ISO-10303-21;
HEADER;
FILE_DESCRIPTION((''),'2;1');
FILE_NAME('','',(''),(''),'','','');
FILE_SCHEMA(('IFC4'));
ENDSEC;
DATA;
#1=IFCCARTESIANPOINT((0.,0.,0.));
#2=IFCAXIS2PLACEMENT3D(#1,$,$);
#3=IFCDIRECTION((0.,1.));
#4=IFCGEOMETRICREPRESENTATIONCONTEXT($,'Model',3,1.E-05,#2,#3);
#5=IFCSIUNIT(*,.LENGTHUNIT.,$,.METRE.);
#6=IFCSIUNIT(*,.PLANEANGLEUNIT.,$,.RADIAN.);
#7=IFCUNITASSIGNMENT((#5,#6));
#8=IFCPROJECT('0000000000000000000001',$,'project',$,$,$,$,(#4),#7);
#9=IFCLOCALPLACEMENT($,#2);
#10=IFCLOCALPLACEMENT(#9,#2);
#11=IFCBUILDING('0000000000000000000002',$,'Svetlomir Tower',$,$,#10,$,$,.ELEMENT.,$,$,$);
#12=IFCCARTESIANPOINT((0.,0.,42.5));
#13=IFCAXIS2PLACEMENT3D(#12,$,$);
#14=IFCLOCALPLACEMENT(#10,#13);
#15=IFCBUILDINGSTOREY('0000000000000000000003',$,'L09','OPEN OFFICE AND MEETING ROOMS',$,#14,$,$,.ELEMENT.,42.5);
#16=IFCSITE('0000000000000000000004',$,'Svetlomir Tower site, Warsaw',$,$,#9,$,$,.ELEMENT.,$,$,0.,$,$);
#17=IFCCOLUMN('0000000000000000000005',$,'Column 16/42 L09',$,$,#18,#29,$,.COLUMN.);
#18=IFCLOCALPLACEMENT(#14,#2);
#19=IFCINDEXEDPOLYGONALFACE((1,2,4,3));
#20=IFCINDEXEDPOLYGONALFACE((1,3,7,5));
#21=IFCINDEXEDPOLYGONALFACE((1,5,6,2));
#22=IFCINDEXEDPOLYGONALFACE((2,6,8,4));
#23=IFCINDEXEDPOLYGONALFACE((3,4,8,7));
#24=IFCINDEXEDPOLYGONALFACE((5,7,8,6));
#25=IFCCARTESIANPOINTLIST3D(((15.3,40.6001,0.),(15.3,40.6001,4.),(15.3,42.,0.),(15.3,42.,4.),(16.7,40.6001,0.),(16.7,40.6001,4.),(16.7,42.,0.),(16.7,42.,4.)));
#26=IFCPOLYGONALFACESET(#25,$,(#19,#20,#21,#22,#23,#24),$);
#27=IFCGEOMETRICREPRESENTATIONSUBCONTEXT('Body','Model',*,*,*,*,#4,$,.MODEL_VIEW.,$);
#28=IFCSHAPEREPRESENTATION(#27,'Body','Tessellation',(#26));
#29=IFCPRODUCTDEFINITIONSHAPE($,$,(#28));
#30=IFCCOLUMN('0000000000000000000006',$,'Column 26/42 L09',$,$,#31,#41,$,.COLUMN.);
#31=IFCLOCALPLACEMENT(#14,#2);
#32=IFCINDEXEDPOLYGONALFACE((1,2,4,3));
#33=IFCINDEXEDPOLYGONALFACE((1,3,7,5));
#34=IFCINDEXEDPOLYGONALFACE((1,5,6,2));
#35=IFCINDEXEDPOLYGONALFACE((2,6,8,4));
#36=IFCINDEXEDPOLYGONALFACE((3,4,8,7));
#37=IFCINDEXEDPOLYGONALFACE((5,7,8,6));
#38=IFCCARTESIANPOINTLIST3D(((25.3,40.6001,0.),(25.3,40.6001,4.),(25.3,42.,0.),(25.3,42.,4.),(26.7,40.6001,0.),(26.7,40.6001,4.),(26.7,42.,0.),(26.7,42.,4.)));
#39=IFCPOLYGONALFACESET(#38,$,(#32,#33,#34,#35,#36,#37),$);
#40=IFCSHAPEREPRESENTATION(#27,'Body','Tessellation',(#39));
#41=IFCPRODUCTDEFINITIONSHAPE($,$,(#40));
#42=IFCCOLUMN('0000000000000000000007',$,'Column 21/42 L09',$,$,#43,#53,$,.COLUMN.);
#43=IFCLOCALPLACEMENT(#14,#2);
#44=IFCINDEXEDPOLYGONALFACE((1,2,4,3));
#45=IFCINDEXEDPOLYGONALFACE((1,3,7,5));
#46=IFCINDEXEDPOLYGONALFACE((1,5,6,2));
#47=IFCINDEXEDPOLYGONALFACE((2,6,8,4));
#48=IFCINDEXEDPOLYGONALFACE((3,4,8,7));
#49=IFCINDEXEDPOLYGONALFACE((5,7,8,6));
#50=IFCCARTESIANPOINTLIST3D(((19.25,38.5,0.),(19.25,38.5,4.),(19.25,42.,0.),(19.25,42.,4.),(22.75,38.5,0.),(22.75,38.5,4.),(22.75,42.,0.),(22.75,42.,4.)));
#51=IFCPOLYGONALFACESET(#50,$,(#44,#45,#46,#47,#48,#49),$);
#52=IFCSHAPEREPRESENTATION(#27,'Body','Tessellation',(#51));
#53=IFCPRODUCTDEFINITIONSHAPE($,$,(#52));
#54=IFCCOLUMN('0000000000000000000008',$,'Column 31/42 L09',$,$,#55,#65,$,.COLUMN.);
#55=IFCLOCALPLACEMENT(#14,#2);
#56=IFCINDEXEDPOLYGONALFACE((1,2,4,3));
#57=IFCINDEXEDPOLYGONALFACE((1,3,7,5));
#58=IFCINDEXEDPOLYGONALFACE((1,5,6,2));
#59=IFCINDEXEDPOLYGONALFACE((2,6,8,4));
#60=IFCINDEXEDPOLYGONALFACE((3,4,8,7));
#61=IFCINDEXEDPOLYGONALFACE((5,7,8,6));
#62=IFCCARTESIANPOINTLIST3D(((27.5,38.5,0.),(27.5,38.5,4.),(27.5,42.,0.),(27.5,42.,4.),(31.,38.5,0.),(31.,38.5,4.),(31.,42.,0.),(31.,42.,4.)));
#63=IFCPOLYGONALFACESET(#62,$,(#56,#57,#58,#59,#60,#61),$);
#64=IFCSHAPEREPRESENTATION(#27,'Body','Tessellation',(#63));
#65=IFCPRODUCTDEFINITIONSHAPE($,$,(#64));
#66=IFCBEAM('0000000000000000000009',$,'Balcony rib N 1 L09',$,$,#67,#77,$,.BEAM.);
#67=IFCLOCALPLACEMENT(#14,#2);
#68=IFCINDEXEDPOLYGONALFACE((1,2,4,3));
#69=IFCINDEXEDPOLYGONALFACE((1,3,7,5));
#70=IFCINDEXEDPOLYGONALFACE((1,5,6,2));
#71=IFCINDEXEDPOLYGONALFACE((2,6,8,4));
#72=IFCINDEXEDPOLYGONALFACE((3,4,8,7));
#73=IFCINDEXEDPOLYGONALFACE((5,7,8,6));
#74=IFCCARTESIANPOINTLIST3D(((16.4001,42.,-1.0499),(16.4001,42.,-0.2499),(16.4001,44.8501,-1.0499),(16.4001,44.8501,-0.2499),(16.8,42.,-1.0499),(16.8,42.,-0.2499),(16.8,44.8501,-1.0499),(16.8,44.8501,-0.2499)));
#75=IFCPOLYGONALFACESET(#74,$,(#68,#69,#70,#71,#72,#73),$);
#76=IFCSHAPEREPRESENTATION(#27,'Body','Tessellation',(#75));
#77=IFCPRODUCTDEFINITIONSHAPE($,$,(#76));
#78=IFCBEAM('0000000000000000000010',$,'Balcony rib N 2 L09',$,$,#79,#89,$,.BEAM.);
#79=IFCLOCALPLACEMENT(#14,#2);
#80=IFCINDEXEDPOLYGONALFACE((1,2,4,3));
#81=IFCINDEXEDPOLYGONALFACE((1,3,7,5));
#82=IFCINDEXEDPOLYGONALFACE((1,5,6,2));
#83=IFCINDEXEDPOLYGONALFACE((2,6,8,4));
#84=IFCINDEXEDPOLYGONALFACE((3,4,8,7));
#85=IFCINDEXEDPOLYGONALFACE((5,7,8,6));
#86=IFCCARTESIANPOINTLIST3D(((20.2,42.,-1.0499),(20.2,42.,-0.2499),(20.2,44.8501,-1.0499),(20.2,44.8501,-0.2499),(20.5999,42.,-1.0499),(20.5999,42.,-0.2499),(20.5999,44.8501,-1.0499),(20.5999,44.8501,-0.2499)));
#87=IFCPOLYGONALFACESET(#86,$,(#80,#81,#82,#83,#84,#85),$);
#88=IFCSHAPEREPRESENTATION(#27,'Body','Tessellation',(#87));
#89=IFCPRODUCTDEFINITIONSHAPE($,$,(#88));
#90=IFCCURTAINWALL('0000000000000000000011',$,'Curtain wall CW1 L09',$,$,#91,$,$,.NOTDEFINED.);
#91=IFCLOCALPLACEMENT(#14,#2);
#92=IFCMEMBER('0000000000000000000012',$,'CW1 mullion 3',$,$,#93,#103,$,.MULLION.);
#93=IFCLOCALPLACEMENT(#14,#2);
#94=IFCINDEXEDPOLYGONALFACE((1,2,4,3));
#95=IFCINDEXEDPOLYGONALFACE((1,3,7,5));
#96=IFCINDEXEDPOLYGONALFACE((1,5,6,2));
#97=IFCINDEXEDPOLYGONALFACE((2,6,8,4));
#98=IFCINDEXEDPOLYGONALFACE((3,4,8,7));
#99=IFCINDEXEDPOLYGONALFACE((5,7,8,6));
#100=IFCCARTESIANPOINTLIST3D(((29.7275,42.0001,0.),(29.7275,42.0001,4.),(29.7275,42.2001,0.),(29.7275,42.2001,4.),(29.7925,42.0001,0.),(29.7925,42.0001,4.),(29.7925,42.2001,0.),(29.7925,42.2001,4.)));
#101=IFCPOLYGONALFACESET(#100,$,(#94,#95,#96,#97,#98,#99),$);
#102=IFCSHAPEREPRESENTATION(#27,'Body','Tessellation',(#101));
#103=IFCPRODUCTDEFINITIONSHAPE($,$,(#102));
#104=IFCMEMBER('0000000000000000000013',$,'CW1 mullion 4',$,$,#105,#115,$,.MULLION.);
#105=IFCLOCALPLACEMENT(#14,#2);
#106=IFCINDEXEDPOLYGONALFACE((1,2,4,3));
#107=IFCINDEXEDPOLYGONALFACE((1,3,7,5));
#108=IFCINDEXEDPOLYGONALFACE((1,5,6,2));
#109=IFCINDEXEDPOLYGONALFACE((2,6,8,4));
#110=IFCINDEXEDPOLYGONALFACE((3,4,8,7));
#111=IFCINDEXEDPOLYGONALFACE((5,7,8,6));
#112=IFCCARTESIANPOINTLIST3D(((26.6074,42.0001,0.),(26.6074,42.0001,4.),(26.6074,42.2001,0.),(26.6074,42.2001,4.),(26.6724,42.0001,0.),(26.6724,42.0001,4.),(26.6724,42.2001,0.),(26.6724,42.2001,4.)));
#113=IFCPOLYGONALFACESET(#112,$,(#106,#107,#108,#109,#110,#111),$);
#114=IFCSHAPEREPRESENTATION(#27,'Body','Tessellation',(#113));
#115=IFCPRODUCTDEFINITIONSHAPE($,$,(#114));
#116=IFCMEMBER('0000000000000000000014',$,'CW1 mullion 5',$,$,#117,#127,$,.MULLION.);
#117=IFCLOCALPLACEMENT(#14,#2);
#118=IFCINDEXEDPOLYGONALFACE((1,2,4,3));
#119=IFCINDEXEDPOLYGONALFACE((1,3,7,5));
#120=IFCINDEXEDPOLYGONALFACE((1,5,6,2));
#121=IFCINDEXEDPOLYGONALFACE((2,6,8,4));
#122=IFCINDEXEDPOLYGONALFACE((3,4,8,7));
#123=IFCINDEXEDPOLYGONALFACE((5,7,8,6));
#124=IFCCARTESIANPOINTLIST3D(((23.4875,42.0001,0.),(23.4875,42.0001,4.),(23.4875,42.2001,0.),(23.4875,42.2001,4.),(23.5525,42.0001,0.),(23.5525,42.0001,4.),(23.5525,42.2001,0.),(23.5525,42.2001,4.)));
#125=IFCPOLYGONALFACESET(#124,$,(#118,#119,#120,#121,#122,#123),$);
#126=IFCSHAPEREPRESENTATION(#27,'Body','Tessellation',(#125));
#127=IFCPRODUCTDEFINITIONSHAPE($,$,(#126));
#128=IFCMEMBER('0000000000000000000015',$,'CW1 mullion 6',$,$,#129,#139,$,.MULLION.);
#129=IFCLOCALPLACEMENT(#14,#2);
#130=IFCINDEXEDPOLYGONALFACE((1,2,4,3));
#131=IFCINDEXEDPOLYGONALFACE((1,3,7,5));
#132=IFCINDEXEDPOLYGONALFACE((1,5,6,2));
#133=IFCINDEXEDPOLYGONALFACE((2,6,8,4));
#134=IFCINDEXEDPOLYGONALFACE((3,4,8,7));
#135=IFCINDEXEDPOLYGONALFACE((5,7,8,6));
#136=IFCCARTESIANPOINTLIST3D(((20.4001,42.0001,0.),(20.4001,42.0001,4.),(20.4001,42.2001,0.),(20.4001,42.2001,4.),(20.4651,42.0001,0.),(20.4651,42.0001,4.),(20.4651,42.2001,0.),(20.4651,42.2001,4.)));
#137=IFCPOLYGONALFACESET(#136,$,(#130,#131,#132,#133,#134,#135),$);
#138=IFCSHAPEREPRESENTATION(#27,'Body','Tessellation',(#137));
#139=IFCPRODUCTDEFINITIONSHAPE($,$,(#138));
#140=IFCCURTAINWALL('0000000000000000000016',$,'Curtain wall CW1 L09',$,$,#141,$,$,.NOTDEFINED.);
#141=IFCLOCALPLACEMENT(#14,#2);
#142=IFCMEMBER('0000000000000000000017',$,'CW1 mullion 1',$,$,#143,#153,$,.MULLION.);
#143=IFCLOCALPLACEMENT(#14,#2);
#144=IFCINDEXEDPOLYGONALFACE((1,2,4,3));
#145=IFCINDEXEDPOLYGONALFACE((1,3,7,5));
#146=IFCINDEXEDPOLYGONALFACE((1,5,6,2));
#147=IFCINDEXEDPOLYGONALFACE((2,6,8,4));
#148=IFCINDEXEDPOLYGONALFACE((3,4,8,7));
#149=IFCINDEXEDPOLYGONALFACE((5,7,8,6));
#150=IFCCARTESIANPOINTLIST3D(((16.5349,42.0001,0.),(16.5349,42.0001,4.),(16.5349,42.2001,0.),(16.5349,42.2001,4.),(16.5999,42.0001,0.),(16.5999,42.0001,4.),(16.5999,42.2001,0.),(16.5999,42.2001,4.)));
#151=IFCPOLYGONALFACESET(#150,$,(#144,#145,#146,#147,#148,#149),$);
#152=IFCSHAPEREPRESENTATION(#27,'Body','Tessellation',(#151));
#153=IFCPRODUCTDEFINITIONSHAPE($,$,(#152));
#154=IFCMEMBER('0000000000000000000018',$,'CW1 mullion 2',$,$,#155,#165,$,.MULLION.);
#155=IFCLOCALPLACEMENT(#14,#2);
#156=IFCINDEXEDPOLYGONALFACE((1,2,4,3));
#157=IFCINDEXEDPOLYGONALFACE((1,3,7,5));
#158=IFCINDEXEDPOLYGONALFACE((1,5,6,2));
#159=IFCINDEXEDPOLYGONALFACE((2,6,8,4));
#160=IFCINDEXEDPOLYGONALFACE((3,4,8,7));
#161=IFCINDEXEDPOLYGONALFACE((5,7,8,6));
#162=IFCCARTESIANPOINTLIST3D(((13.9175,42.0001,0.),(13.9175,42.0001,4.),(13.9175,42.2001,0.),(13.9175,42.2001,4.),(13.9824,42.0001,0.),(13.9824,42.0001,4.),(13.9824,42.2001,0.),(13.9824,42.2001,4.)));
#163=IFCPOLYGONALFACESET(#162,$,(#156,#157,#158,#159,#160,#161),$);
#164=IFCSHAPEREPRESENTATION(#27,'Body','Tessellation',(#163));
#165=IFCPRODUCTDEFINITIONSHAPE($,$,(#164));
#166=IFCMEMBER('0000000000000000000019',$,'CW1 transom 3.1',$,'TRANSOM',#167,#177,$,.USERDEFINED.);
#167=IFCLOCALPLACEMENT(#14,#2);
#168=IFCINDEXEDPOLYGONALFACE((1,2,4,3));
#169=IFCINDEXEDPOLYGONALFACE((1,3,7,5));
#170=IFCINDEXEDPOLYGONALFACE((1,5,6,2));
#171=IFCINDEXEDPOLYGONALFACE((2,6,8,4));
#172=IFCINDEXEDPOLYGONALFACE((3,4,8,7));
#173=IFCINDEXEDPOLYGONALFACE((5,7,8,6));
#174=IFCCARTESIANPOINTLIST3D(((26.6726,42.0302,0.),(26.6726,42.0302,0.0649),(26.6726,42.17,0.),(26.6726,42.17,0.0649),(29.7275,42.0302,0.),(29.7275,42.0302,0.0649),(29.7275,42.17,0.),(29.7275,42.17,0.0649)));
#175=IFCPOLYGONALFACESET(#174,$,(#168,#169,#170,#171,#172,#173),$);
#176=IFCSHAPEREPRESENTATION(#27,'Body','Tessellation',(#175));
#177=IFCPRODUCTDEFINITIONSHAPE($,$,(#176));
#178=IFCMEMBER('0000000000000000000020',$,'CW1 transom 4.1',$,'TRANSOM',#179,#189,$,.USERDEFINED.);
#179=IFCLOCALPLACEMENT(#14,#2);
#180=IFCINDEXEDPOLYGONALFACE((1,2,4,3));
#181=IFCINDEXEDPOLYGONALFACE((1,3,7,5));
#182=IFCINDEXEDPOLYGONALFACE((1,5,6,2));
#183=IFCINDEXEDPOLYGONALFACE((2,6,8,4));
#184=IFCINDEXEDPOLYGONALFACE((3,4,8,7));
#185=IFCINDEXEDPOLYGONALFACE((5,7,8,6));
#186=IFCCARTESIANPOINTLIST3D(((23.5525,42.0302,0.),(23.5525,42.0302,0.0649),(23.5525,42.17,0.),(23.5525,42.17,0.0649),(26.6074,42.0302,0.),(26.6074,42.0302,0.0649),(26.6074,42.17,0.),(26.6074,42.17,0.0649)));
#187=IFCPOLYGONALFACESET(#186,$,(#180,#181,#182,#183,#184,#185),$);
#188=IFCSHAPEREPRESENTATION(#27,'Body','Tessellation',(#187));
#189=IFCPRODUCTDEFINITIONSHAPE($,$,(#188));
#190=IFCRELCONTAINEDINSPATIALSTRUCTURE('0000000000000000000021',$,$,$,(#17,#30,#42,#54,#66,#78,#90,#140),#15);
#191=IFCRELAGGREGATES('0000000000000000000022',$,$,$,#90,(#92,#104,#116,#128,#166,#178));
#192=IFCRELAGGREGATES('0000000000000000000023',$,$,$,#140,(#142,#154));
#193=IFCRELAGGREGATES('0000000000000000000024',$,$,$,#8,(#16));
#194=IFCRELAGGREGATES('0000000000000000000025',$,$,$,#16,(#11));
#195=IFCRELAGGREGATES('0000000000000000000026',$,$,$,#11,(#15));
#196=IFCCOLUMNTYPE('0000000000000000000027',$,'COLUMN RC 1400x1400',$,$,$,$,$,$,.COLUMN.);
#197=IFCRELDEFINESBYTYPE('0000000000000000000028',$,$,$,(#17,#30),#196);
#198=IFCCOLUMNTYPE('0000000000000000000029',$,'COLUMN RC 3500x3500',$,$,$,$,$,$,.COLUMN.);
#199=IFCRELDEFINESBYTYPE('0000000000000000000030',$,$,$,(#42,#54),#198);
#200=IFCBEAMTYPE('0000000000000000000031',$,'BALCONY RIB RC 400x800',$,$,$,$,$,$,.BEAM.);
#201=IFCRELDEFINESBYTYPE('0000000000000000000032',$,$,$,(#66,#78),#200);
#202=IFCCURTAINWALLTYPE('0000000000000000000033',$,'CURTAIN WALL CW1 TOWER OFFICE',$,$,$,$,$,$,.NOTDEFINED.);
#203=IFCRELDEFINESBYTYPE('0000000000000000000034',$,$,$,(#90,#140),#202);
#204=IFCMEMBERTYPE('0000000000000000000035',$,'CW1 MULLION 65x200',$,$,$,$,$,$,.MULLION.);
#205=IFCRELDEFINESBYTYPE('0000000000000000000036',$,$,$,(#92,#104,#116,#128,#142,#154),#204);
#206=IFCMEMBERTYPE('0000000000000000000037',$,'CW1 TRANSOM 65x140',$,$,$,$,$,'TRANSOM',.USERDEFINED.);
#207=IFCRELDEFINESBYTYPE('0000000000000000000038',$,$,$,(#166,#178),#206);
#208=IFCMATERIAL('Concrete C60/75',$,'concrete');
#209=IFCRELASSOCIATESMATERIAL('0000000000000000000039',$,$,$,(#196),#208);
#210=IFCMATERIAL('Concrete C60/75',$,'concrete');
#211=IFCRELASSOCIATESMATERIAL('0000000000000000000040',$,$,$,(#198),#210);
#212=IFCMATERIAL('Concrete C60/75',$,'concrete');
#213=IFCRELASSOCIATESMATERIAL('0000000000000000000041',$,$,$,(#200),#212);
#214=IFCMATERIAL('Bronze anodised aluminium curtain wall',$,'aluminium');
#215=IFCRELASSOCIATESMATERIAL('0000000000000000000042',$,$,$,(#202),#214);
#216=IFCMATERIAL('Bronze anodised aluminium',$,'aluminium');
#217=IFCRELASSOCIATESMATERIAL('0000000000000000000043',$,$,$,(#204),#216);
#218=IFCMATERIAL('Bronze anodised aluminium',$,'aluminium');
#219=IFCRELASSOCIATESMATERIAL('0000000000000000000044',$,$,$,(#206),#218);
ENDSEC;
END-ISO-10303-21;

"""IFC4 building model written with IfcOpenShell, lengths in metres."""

from ifc_helpers import new_model, si_unit, direction, frame, origin, origin_2d, place, context, subcontext, project, spatial, rectangle, extrude, material, material_profile, profile_set, type_object, element, aggregate, save


model = new_model("IFC4")

# Units and contexts
model_context = context("Model", 3, precision=1e-05, world=origin(), true_north=direction((0.0, 1.0)))
body_context = subcontext(model_context, "Body", "Model", "MODEL_VIEW")
ifc_project = project(units=[si_unit("LENGTHUNIT", "METRE"), si_unit("PLANEANGLEUNIT", "RADIAN")], contexts=[model_context])

# Site, building, storey
site_placement = place(None, origin())
site = spatial("IfcSite", under=ifc_project, at=site_placement, Name="Svetlomir Tower site, Warsaw", CompositionType="ELEMENT", RefElevation=0.0)
building_placement = place(site_placement, origin())
building = spatial("IfcBuilding", under=site, at=building_placement, Name="Svetlomir Tower", CompositionType="ELEMENT")
storey_placement = place(building_placement, frame((0.0, 0.0, 42.5)))
storey = spatial("IfcBuildingStorey", under=building, at=storey_placement, Name="L09", Description="OPEN OFFICE AND MEETING ROOMS", CompositionType="ELEMENT", Elevation=42.5)

# Columns
ifc_material_1 = material(Name="Concrete C60/75", Category="concrete")
ifc_material_profile_1 = material_profile(ifc_material_1, rectangle(XDim=1.3999, YDim=1.3999, at=origin_2d()), Name="RC 1400x1400")
ifc_profile_set_1 = profile_set([ifc_material_profile_1], Name="Concrete C60/75")
column_type_1 = type_object("IfcColumnType", Name="COLUMN RC 1400x1400", PredefinedType="COLUMN", material=ifc_profile_set_1)
for number, where, z_axis, x_axis, name in (
    (1, (16.0, 41.3, 0.0), (0.0, 0.0, 1.0), (1.0, 0.0, 0.0), "Column 16/42 L09"),
    (2, (26.0, 41.3, 0.0), (0.0, 0.0, 1.0), (1.0, 0.0, 0.0), "Column 26/42 L09"),
):
    element("IfcColumn", number, at=place(storey_placement, frame(where, z_axis=z_axis, x_axis=x_axis)), inside=storey, type_object=column_type_1, Name=name, PredefinedType="COLUMN", context=body_context, shape_type="SweptSolid", body=[
        extrude(rectangle(XDim=1.3999, YDim=1.3999, at=origin_2d()), origin(), (0.0, 0.0, 1.0), 4.0),
    ])
ifc_material_2 = material(Name="Concrete C60/75", Category="concrete")
ifc_material_profile_2 = material_profile(ifc_material_2, rectangle(XDim=3.5, YDim=3.5, at=origin_2d()), Name="RC 3500x3500")
ifc_profile_set_2 = profile_set([ifc_material_profile_2], Name="Concrete C60/75")
column_type_2 = type_object("IfcColumnType", Name="COLUMN RC 3500x3500", PredefinedType="COLUMN", material=ifc_profile_set_2)
for number, where, z_axis, x_axis, name in (
    (3, (21.0, 40.25, 0.0), (0.0, 0.0, 1.0), (1.0, 0.0, 0.0), "Column 21/42 L09"),
    (4, (29.25, 40.25, 0.0), (0.0, 0.0, 1.0), (1.0, 0.0, 0.0), "Column 31/42 L09"),
):
    element("IfcColumn", number, at=place(storey_placement, frame(where, z_axis=z_axis, x_axis=x_axis)), inside=storey, type_object=column_type_2, Name=name, PredefinedType="COLUMN", context=body_context, shape_type="SweptSolid", body=[
        extrude(rectangle(XDim=3.5, YDim=3.5, at=origin_2d()), origin(), (0.0, 0.0, 1.0), 4.0),
    ])

# Beams
ifc_material_3 = material(Name="Concrete C60/75", Category="concrete")
ifc_material_profile_3 = material_profile(ifc_material_3, rectangle(XDim=0.3999, YDim=0.8, at=origin_2d()), Name="RC 400x800")
ifc_profile_set_3 = profile_set([ifc_material_profile_3], Name="Concrete C60/75")
beam_type_1 = type_object("IfcBeamType", Name="BALCONY RIB RC 400x800", PredefinedType="BEAM", material=ifc_profile_set_3)
for number, where, z_axis, x_axis, name in (
    (5, (16.6001, 42.0, -0.6499), (0.0, 1.0, 0.0), (-1.0, 0.0, 0.0), "Balcony rib N 1 L09"),
    (6, (20.3999, 42.0, -0.6499), (0.0, 1.0, 0.0), (-1.0, 0.0, 0.0), "Balcony rib N 2 L09"),
):
    element("IfcBeam", number, at=place(storey_placement, frame(where, z_axis=z_axis, x_axis=x_axis)), inside=storey, type_object=beam_type_1, Name=name, PredefinedType="BEAM", context=body_context, shape_type="SweptSolid", body=[
        extrude(rectangle(XDim=0.3999, YDim=0.8, at=origin_2d()), origin(), (0.0, 0.0, 1.0), 2.8501),
    ])

# Curtain walls, members
ifc_material_4 = material(Name="Bronze anodised aluminium curtain wall", Category="aluminium")
curtain_wall_type = type_object("IfcCurtainWallType", Name="CURTAIN WALL CW1 TOWER OFFICE", PredefinedType="NOTDEFINED", material=ifc_material_4)
curtain_wall_1_placement = place(storey_placement, origin())
curtain_wall_1 = element("IfcCurtainWall", 7, at=curtain_wall_1_placement, inside=storey, type_object=curtain_wall_type, Name="Curtain wall CW1 L09", PredefinedType="NOTDEFINED")
ifc_material_5 = material(Name="Bronze anodised aluminium", Category="aluminium")
ifc_material_profile_4 = material_profile(ifc_material_5, rectangle(XDim=0.0649, YDim=0.2, at=origin_2d()), Name="AL 65x200")
ifc_profile_set_4 = profile_set([ifc_material_profile_4], Name="Bronze anodised aluminium 6063-T6")
member_type_1 = type_object("IfcMemberType", Name="CW1 MULLION 65x200", PredefinedType="MULLION", material=ifc_profile_set_4)
member_1_placement = place(storey_placement, frame((29.76, 42.1001, 0.0), z_axis=(0.0, 0.0, 1.0), x_axis=(-1.0, 0.0, 0.0)))
member_1 = element("IfcMember", 8, at=member_1_placement, type_object=member_type_1, Name="CW1 mullion 3", PredefinedType="MULLION", context=body_context, shape_type="SweptSolid", body=[
    extrude(rectangle(XDim=0.0649, YDim=0.2, at=origin_2d()), origin(), (0.0, 0.0, 1.0), 4.0),
])
member_2_placement = place(storey_placement, frame((26.6399, 42.1001, 0.0), z_axis=(0.0, 0.0, 1.0), x_axis=(-1.0, 0.0, 0.0)))
member_2 = element("IfcMember", 9, at=member_2_placement, type_object=member_type_1, Name="CW1 mullion 4", PredefinedType="MULLION", context=body_context, shape_type="SweptSolid", body=[
    extrude(rectangle(XDim=0.0649, YDim=0.2, at=origin_2d()), origin(), (0.0, 0.0, 1.0), 4.0),
])
member_3_placement = place(storey_placement, frame((23.52, 42.1001, 0.0), z_axis=(0.0, 0.0, 1.0), x_axis=(-1.0, 0.0, 0.0)))
member_3 = element("IfcMember", 10, at=member_3_placement, type_object=member_type_1, Name="CW1 mullion 5", PredefinedType="MULLION", context=body_context, shape_type="SweptSolid", body=[
    extrude(rectangle(XDim=0.0649, YDim=0.2, at=origin_2d()), origin(), (0.0, 0.0, 1.0), 4.0),
])
member_4_placement = place(storey_placement, frame((20.4326, 42.1001, 0.0), z_axis=(0.0, 0.0, 1.0), x_axis=(-1.0, 0.0, 0.0)))
member_4 = element("IfcMember", 11, at=member_4_placement, type_object=member_type_1, Name="CW1 mullion 6", PredefinedType="MULLION", context=body_context, shape_type="SweptSolid", body=[
    extrude(rectangle(XDim=0.0649, YDim=0.2, at=origin_2d()), origin(), (0.0, 0.0, 1.0), 4.0),
])
curtain_wall_2_placement = place(storey_placement, origin())
curtain_wall_2 = element("IfcCurtainWall", 12, at=curtain_wall_2_placement, inside=storey, type_object=curtain_wall_type, Name="Curtain wall CW1 L09", PredefinedType="NOTDEFINED")
member_5_placement = place(storey_placement, frame((16.5674, 42.1001, 0.0), z_axis=(0.0, 0.0, 1.0), x_axis=(-1.0, 0.0, 0.0)))
member_5 = element("IfcMember", 13, at=member_5_placement, type_object=member_type_1, Name="CW1 mullion 1", PredefinedType="MULLION", context=body_context, shape_type="SweptSolid", body=[
    extrude(rectangle(XDim=0.0649, YDim=0.2, at=origin_2d()), origin(), (0.0, 0.0, 1.0), 4.0),
])
member_6_placement = place(storey_placement, frame((13.95, 42.1001, 0.0), z_axis=(0.0, 0.0, 1.0), x_axis=(-1.0, 0.0, 0.0)))
member_6 = element("IfcMember", 14, at=member_6_placement, type_object=member_type_1, Name="CW1 mullion 2", PredefinedType="MULLION", context=body_context, shape_type="SweptSolid", body=[
    extrude(rectangle(XDim=0.0649, YDim=0.2, at=origin_2d()), origin(), (0.0, 0.0, 1.0), 4.0),
])

# Members
ifc_material_6 = material(Name="Bronze anodised aluminium", Category="aluminium")
ifc_material_profile_5 = material_profile(ifc_material_6, rectangle(XDim=0.1399, YDim=0.0649, at=origin_2d()), Name="AL 140x65")
ifc_profile_set_5 = profile_set([ifc_material_profile_5], Name="Bronze anodised aluminium 6063-T6")
member_type_2 = type_object("IfcMemberType", Name="CW1 TRANSOM 65x140", ElementType="TRANSOM", PredefinedType="USERDEFINED", material=ifc_profile_set_5)
member_7_placement = place(storey_placement, frame((29.7275, 42.1001, 0.0325), z_axis=(-1.0, 0.0, 0.0), x_axis=(0.0, -1.0, 0.0)))
member_7 = element("IfcMember", 15, at=member_7_placement, type_object=member_type_2, Name="CW1 transom 3.1", ObjectType="TRANSOM", PredefinedType="USERDEFINED", context=body_context, shape_type="SweptSolid", body=[
    extrude(rectangle(XDim=0.1399, YDim=0.0649, at=origin_2d()), origin(), (0.0, 0.0, 1.0), 3.0549),
])
member_8_placement = place(storey_placement, frame((26.6074, 42.1001, 0.0325), z_axis=(-1.0, 0.0, 0.0), x_axis=(0.0, -1.0, 0.0)))
member_8 = element("IfcMember", 16, at=member_8_placement, type_object=member_type_2, Name="CW1 transom 4.1", ObjectType="TRANSOM", PredefinedType="USERDEFINED", context=body_context, shape_type="SweptSolid", body=[
    extrude(rectangle(XDim=0.1399, YDim=0.0649, at=origin_2d()), origin(), (0.0, 0.0, 1.0), 3.0549),
])

aggregate(curtain_wall_1, [member_1, member_2, member_3, member_4, member_7, member_8])
aggregate(curtain_wall_2, [member_5, member_6])

save(model, "model.ifc")
